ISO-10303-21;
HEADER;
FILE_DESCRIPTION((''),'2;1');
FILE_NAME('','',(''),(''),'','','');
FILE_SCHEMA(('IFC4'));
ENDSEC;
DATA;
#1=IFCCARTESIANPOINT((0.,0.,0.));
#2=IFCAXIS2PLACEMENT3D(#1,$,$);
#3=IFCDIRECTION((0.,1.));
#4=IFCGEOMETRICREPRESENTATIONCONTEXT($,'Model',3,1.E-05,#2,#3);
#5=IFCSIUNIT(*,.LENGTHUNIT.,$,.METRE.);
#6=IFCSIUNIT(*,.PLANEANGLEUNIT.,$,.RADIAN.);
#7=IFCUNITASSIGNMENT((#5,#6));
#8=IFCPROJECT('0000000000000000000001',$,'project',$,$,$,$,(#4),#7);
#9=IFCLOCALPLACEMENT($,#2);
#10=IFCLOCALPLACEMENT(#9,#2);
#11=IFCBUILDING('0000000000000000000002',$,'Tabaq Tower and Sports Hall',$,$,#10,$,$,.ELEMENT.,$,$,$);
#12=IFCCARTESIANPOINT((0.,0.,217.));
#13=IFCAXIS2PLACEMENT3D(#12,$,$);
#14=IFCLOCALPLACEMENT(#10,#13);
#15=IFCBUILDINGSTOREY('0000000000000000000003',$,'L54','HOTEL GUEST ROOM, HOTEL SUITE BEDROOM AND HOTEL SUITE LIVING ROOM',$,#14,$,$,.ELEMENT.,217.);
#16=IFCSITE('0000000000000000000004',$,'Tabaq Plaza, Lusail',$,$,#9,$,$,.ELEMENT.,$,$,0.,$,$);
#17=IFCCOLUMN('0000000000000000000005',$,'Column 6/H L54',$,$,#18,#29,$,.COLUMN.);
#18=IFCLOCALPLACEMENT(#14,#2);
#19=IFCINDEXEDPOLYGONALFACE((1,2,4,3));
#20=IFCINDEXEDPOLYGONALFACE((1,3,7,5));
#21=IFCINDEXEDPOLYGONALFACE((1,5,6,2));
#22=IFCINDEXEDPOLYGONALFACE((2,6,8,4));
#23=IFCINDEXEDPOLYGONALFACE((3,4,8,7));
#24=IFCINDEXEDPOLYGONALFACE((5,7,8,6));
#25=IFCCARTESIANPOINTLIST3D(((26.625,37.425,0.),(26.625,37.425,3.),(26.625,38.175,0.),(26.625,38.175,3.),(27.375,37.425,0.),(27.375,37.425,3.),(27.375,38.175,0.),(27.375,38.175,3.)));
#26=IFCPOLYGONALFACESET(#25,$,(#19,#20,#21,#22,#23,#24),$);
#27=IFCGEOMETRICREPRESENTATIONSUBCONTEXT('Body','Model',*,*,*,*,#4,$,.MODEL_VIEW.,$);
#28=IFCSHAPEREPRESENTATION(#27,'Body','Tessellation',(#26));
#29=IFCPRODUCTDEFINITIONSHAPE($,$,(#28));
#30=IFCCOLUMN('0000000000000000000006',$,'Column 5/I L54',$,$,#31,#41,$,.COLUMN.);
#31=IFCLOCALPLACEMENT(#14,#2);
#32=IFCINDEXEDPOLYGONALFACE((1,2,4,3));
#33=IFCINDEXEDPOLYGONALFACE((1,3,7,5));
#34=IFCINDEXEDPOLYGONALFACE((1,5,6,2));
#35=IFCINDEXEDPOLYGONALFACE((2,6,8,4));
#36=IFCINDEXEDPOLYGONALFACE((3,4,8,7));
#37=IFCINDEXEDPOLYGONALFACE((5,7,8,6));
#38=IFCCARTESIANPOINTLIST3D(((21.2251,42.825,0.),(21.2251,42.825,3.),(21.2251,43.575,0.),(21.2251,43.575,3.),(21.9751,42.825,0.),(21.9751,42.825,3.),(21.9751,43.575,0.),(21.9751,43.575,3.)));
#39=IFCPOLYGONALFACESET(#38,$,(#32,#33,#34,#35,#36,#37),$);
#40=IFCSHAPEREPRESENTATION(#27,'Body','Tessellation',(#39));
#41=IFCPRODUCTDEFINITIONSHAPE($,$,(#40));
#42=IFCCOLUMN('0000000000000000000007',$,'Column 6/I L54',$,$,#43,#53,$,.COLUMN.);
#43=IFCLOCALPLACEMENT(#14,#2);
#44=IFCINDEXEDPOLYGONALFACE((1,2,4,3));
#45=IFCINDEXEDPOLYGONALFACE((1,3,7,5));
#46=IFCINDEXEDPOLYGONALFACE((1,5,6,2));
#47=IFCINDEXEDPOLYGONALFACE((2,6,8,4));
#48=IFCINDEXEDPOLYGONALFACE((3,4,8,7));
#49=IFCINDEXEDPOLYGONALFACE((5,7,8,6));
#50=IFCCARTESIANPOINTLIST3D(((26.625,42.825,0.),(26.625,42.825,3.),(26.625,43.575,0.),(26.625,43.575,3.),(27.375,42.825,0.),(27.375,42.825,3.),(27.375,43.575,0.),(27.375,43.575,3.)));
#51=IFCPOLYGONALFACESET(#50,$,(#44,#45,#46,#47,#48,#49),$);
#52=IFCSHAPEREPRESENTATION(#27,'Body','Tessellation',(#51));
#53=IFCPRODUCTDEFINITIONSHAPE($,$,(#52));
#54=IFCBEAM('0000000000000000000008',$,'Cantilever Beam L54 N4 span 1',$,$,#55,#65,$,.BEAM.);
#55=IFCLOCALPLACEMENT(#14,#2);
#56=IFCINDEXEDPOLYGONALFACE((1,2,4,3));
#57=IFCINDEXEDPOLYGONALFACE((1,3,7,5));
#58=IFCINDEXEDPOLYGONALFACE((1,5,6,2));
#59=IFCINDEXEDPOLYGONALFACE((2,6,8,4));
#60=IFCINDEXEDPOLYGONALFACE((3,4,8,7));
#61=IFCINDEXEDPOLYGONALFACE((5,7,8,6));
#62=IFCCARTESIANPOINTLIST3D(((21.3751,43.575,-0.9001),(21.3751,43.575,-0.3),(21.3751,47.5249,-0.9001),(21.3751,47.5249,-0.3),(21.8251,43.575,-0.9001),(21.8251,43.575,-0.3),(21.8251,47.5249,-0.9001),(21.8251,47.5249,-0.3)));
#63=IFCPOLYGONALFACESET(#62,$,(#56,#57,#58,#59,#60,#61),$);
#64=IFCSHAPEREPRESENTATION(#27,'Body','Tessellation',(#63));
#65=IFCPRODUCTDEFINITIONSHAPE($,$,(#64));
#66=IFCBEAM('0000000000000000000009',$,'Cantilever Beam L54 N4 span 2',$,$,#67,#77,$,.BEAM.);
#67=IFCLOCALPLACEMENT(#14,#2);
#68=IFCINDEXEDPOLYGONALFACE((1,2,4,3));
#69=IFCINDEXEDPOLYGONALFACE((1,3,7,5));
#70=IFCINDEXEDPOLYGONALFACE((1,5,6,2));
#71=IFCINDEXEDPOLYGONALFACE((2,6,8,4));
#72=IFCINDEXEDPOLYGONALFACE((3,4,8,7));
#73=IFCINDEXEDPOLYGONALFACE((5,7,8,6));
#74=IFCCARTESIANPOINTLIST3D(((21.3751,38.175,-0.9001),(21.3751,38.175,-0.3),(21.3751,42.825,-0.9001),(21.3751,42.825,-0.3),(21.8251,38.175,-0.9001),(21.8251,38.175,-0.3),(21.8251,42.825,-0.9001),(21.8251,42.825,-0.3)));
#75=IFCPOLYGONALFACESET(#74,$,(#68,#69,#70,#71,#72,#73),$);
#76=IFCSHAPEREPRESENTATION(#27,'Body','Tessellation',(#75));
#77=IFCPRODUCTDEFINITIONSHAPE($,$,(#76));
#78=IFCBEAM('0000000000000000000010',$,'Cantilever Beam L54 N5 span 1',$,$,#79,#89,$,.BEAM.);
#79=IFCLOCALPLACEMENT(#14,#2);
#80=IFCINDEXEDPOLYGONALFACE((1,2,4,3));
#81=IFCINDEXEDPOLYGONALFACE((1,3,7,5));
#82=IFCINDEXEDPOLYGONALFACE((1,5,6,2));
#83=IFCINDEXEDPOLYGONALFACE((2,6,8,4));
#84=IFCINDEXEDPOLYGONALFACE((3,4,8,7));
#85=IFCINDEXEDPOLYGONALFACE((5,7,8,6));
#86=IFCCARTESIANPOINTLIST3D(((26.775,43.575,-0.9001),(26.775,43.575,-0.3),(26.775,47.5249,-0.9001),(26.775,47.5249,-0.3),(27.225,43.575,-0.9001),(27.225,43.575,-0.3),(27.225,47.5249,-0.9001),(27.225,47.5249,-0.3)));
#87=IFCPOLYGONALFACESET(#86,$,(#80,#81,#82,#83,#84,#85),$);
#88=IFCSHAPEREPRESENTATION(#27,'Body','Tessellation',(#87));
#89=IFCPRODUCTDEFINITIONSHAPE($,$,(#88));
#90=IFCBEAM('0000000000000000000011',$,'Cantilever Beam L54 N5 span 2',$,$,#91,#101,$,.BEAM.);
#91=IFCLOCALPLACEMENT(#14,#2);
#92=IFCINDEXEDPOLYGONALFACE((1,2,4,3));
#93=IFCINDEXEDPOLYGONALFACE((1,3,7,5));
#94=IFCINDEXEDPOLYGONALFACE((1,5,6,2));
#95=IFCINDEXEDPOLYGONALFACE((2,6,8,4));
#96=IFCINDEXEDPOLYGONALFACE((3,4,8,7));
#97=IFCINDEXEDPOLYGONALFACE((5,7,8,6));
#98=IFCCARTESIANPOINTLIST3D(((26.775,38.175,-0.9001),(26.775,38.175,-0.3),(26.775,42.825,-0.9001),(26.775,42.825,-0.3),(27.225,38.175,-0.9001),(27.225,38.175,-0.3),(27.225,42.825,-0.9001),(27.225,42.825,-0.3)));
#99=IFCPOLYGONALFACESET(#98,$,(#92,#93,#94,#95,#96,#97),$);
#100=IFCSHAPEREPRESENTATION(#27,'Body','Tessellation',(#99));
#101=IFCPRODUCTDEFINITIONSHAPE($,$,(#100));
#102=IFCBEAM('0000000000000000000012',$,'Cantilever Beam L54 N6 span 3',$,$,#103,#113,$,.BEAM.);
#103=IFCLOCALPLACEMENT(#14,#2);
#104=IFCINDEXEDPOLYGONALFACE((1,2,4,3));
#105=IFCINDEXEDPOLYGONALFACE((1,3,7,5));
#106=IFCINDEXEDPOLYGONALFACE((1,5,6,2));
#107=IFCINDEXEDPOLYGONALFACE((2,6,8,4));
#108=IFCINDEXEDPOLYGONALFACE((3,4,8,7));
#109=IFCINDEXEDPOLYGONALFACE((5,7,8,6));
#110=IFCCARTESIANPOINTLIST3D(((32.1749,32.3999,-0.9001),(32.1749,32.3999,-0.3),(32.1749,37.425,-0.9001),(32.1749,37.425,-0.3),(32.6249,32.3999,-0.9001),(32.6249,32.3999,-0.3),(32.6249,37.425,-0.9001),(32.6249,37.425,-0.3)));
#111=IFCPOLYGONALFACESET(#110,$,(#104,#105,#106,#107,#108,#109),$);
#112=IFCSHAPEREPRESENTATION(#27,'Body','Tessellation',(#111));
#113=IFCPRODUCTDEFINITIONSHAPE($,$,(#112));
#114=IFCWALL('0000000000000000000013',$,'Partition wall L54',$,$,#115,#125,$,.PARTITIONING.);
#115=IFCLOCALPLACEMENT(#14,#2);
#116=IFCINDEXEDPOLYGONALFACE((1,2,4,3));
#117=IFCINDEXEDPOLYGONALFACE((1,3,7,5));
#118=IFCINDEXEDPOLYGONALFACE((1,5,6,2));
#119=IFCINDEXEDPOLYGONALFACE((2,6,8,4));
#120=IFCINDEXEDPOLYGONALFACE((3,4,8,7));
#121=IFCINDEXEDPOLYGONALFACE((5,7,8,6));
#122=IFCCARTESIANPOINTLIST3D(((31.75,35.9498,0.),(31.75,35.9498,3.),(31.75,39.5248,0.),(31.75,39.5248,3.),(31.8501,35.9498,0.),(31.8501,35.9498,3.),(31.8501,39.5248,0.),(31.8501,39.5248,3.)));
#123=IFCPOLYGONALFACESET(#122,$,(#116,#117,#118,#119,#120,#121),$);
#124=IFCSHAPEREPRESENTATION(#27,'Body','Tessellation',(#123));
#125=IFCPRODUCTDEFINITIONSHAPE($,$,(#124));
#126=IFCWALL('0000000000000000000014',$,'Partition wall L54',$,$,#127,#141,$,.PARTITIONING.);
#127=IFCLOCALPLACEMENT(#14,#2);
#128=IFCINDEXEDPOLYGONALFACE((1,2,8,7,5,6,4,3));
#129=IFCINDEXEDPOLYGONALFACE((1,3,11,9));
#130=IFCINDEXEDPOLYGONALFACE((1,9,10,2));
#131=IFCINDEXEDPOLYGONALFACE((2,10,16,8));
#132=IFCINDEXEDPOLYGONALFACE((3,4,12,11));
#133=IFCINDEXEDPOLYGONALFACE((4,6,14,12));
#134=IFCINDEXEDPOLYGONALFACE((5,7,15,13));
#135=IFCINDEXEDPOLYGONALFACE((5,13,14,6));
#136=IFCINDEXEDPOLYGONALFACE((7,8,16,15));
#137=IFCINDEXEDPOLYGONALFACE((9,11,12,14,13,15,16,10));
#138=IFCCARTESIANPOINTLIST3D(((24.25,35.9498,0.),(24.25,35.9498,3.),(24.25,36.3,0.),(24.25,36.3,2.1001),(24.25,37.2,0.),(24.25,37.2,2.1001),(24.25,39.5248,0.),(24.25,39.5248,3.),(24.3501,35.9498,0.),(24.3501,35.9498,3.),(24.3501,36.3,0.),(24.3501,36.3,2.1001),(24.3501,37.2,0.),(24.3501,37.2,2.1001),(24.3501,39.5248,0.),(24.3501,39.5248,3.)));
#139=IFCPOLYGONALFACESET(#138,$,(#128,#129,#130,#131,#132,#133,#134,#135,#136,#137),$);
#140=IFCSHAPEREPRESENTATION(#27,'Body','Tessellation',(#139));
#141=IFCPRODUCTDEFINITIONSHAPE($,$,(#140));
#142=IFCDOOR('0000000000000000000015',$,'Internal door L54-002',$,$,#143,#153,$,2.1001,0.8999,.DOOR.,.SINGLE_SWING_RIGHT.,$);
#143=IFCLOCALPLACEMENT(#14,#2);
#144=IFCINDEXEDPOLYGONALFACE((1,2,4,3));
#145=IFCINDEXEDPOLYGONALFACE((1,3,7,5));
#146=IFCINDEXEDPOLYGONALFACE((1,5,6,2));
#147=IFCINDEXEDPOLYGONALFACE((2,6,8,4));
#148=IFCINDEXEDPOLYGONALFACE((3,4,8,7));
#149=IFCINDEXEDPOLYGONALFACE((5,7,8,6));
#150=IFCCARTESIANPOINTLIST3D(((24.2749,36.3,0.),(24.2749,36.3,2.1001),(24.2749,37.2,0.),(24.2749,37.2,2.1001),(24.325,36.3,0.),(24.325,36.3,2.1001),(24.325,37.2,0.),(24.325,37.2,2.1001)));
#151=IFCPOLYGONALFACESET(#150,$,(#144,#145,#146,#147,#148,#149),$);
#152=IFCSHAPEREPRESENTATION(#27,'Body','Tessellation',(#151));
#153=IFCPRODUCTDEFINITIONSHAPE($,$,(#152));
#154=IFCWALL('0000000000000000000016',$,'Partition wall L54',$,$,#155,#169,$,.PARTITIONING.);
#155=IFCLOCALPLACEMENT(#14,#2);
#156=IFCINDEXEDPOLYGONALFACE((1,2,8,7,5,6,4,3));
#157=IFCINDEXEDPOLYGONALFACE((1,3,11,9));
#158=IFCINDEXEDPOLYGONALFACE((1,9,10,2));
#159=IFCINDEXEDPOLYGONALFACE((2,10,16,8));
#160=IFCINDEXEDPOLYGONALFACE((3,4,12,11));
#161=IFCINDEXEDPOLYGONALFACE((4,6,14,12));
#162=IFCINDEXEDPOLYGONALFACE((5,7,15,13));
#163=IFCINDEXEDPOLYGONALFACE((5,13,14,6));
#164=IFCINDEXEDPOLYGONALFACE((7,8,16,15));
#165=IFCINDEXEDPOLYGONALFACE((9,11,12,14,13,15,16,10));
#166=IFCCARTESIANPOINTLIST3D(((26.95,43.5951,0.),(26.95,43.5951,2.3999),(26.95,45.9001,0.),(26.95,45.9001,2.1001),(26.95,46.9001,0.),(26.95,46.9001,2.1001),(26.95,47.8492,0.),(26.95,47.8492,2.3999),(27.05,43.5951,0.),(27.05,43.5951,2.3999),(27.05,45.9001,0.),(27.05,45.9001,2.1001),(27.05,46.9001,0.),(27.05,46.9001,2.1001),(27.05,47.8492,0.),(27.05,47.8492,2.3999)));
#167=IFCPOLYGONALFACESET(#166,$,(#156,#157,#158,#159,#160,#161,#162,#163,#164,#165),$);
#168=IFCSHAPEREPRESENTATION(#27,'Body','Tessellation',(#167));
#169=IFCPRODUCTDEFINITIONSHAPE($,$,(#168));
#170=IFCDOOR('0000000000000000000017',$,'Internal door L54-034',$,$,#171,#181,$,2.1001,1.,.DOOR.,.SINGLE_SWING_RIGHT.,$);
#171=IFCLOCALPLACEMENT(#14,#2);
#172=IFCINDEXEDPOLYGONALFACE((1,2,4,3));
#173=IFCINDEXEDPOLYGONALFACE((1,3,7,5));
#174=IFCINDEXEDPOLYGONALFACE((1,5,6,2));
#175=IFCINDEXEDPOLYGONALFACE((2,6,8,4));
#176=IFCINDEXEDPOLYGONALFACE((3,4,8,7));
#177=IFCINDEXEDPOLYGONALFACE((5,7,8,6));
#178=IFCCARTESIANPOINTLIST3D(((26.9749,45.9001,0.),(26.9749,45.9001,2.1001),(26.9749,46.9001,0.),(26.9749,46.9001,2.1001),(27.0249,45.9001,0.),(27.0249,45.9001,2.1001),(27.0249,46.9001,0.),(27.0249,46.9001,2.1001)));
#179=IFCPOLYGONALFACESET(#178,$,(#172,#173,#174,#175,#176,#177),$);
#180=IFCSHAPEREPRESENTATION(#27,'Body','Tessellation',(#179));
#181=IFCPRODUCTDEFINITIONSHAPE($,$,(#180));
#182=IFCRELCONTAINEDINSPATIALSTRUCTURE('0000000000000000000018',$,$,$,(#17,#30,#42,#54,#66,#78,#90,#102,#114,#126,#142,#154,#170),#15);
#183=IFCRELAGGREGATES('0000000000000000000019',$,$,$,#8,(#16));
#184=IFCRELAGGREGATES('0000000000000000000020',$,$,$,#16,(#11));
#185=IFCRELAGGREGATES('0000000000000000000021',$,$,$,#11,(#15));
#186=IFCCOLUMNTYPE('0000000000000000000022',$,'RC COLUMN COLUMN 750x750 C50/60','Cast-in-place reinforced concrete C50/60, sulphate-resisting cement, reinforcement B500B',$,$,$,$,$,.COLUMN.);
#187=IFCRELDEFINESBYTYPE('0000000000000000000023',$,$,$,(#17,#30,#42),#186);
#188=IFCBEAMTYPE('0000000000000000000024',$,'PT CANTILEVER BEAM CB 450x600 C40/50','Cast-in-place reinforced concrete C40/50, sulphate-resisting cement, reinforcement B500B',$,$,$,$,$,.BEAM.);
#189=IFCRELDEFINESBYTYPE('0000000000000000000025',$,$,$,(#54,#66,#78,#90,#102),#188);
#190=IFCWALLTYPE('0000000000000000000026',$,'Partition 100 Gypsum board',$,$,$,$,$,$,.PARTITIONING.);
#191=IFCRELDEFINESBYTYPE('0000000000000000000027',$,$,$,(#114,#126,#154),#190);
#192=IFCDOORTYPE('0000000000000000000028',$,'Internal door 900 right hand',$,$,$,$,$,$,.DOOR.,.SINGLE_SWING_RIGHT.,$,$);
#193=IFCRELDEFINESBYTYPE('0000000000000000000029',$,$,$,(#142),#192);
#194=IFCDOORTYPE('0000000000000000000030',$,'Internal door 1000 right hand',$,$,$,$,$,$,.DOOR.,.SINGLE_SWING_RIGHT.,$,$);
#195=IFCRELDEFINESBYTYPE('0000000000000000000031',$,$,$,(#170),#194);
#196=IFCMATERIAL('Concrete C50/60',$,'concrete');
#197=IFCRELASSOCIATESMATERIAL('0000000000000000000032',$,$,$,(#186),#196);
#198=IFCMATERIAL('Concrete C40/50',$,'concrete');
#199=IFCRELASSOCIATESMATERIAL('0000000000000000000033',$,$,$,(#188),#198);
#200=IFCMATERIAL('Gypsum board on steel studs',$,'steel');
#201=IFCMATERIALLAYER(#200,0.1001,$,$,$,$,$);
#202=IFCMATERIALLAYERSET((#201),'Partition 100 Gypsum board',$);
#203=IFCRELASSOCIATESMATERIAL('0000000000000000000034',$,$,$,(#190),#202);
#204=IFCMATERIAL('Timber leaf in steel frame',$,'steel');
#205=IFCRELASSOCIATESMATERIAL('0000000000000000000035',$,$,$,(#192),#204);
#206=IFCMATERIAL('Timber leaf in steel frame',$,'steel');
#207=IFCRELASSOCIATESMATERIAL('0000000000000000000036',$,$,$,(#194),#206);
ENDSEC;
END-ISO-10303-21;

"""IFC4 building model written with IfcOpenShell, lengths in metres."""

from ifc_helpers import new_model, si_unit, direction, frame, frame_2d, origin, origin_2d, place, context, subcontext, project, spatial, rectangle, extrude, material, layer, layer_set, material_profile, profile_set, type_object, element, fill, save


model = new_model("IFC4")

# Units and contexts
model_context = context("Model", 3, precision=1e-05, world=origin(), true_north=direction((0.0, 1.0)))
body_context = subcontext(model_context, "Body", "Model", "MODEL_VIEW")
ifc_project = project(units=[si_unit("LENGTHUNIT", "METRE"), si_unit("PLANEANGLEUNIT", "RADIAN")], contexts=[model_context])

# Site, building, storey
site_placement = place(None, origin())
site = spatial("IfcSite", under=ifc_project, at=site_placement, Name="Tabaq Plaza, Lusail", CompositionType="ELEMENT", RefElevation=0.0)
building_placement = place(site_placement, origin())
building = spatial("IfcBuilding", under=site, at=building_placement, Name="Tabaq Tower and Sports Hall", CompositionType="ELEMENT")
storey_placement = place(building_placement, frame((0.0, 0.0, 217.0)))
storey = spatial("IfcBuildingStorey", under=building, at=storey_placement, Name="L54", Description="HOTEL GUEST ROOM, HOTEL SUITE BEDROOM AND HOTEL SUITE LIVING ROOM", CompositionType="ELEMENT", Elevation=217.0)

# Columns
ifc_material_1 = material(Name="Concrete C50/60", Category="concrete")
ifc_material_profile_1 = material_profile(ifc_material_1, rectangle(XDim=0.75, YDim=0.75, at=origin_2d()), Name="COLUMN 750x750")
ifc_profile_set_1 = profile_set([ifc_material_profile_1], Name="Concrete C50/60")
column_type = type_object("IfcColumnType", Name="RC COLUMN COLUMN 750x750 C50/60", Description="Cast-in-place reinforced concrete C50/60, sulphate-resisting cement, reinforcement B500B", PredefinedType="COLUMN", material=ifc_profile_set_1)
for number, where, z_axis, x_axis, name in (
    (1, (27.0, 37.8, 0.0), (0.0, 0.0, 1.0), (1.0, 0.0, 0.0), "Column 6/H L54"),
    (2, (21.6001, 43.2, 0.0), (0.0, 0.0, 1.0), (1.0, 0.0, 0.0), "Column 5/I L54"),
    (3, (27.0, 43.2, 0.0), (0.0, 0.0, 1.0), (1.0, 0.0, 0.0), "Column 6/I L54"),
):
    element("IfcColumn", number, at=place(storey_placement, frame(where, z_axis=z_axis, x_axis=x_axis)), inside=storey, type_object=column_type, Name=name, PredefinedType="COLUMN", context=body_context, shape_type="SweptSolid", body=[
        extrude(rectangle(XDim=0.75, YDim=0.75, at=origin_2d()), origin(), (0.0, 0.0, 1.0), 3.0),
    ])

# Beams
ifc_material_2 = material(Name="Concrete C40/50", Category="concrete")
ifc_material_profile_2 = material_profile(ifc_material_2, rectangle(XDim=0.45, YDim=0.6001, at=origin_2d()), Name="CB 450x600")
ifc_profile_set_2 = profile_set([ifc_material_profile_2], Name="Concrete C40/50")
beam_type = type_object("IfcBeamType", Name="PT CANTILEVER BEAM CB 450x600 C40/50", Description="Cast-in-place reinforced concrete C40/50, sulphate-resisting cement, reinforcement B500B", PredefinedType="BEAM", material=ifc_profile_set_2)
beam_1_placement = place(storey_placement, frame((21.6001, 47.5249, -0.6001), z_axis=(0.0, -1.0, 0.0), x_axis=(1.0, 0.0, 0.0)))
element("IfcBeam", 4, at=beam_1_placement, inside=storey, type_object=beam_type, Name="Cantilever Beam L54 N4 span 1", PredefinedType="BEAM", context=body_context, shape_type="SweptSolid", body=[
    extrude(rectangle(XDim=0.45, YDim=0.6001, at=origin_2d()), origin(), (0.0, 0.0, 1.0), 3.95),
])
beam_2_placement = place(storey_placement, frame((21.6001, 42.825, -0.6001), z_axis=(0.0, -1.0, 0.0), x_axis=(1.0, 0.0, 0.0)))
element("IfcBeam", 5, at=beam_2_placement, inside=storey, type_object=beam_type, Name="Cantilever Beam L54 N4 span 2", PredefinedType="BEAM", context=body_context, shape_type="SweptSolid", body=[
    extrude(rectangle(XDim=0.45, YDim=0.6001, at=origin_2d()), origin(), (0.0, 0.0, 1.0), 4.6499),
])
beam_3_placement = place(storey_placement, frame((27.0, 47.5249, -0.6001), z_axis=(0.0, -1.0, 0.0), x_axis=(1.0, 0.0, 0.0)))
element("IfcBeam", 6, at=beam_3_placement, inside=storey, type_object=beam_type, Name="Cantilever Beam L54 N5 span 1", PredefinedType="BEAM", context=body_context, shape_type="SweptSolid", body=[
    extrude(rectangle(XDim=0.45, YDim=0.6001, at=origin_2d()), origin(), (0.0, 0.0, 1.0), 3.95),
])
beam_4_placement = place(storey_placement, frame((27.0, 42.825, -0.6001), z_axis=(0.0, -1.0, 0.0), x_axis=(1.0, 0.0, 0.0)))
element("IfcBeam", 7, at=beam_4_placement, inside=storey, type_object=beam_type, Name="Cantilever Beam L54 N5 span 2", PredefinedType="BEAM", context=body_context, shape_type="SweptSolid", body=[
    extrude(rectangle(XDim=0.45, YDim=0.6001, at=origin_2d()), origin(), (0.0, 0.0, 1.0), 4.6499),
])
beam_5_placement = place(storey_placement, frame((32.3999, 37.425, -0.6001), z_axis=(0.0, -1.0, 0.0), x_axis=(1.0, 0.0, 0.0)))
element("IfcBeam", 8, at=beam_5_placement, inside=storey, type_object=beam_type, Name="Cantilever Beam L54 N6 span 3", PredefinedType="BEAM", context=body_context, shape_type="SweptSolid", body=[
    extrude(rectangle(XDim=0.45, YDim=0.6001, at=origin_2d()), origin(), (0.0, 0.0, 1.0), 5.0251),
])

# Wall
ifc_material_3 = material(Name="Gypsum board on steel studs", Category="steel")
ifc_layer_1 = layer(ifc_material_3, 0.1001)
ifc_layer_set_1 = layer_set([ifc_layer_1], Name="Partition 100 Gypsum board")
wall_type_1 = type_object("IfcWallType", Name="Partition 100 Gypsum board", PredefinedType="PARTITIONING", material=ifc_layer_set_1)
wall_1_placement = place(storey_placement, frame((31.8, 39.5249, 0.0), z_axis=(0.0, 0.0, 1.0), x_axis=(0.0, -1.0, 0.0)))
element("IfcWall", 9, at=wall_1_placement, inside=storey, type_object=wall_type_1, Name="Partition wall L54", PredefinedType="PARTITIONING", context=body_context, shape_type="SweptSolid", body=[
    extrude(rectangle(XDim=3.575, YDim=0.1001, at=frame_2d((1.7876, 0.0))), origin(), (0.0, 0.0, 1.0), 3.0),
])

# Walls, openings, doors
wall_2_placement = place(storey_placement, frame((24.3, 39.5249, 0.0), z_axis=(0.0, 0.0, 1.0), x_axis=(0.0, -1.0, 0.0)))
wall_2 = element("IfcWall", 10, at=wall_2_placement, inside=storey, type_object=wall_type_1, Name="Partition wall L54", PredefinedType="PARTITIONING", context=body_context, shape_type="SweptSolid", body=[
    extrude(rectangle(XDim=3.575, YDim=0.1001, at=frame_2d((1.7876, 0.0))), origin(), (0.0, 0.0, 1.0), 3.0),
])
opening_1_placement = place(wall_2_placement, frame((2.325, 0.0, 0.0)))
opening_1 = element("IfcOpeningElement", 11, at=opening_1_placement, cuts=wall_2, PredefinedType="OPENING", context=body_context, shape_type="SweptSolid", body=[
    extrude(rectangle(XDim=0.8999, YDim=2.1001, at=frame_2d((0.45, 1.05))), frame((0.0, 0.05, 0.0), z_axis=(0.0, -1.0, 0.0), x_axis=(1.0, 0.0, 0.0)), (0.0, 0.0, 1.0), 0.1001),
])
ifc_material_4 = material(Name="Timber leaf in steel frame", Category="steel")
door_type_1 = type_object("IfcDoorType", Name="Internal door 900 right hand", OperationType="SINGLE_SWING_RIGHT", PredefinedType="DOOR", material=ifc_material_4)
door_1_placement = place(opening_1_placement, origin())
door_1 = element("IfcDoor", 12, at=door_1_placement, inside=storey, type_object=door_type_1, Name="Internal door L54-002", OperationType="SINGLE_SWING_RIGHT", OverallHeight=2.1001, OverallWidth=0.8999, PredefinedType="DOOR", context=body_context, shape_type="SweptSolid", body=[
    extrude(rectangle(XDim=0.8999, YDim=2.1001, at=frame_2d((0.45, 1.05))), frame((0.0, 0.0249, 0.0), z_axis=(0.0, -1.0, 0.0), x_axis=(1.0, 0.0, 0.0)), (0.0, 0.0, 1.0), 0.05),
])
fill(opening_1, door_1)
wall_3_placement = place(storey_placement, frame((27.0, 47.8491, 0.0), z_axis=(0.0, 0.0, 1.0), x_axis=(0.0, -1.0, 0.0)))
wall_3 = element("IfcWall", 13, at=wall_3_placement, inside=storey, type_object=wall_type_1, Name="Partition wall L54", PredefinedType="PARTITIONING", context=body_context, shape_type="SweptSolid", body=[
    extrude(rectangle(XDim=4.2542, YDim=0.1001, at=frame_2d((2.127, 0.0))), origin(), (0.0, 0.0, 1.0), 2.3999),
])
opening_2_placement = place(wall_3_placement, frame((0.949, 0.0, 0.0)))
opening_2 = element("IfcOpeningElement", 14, at=opening_2_placement, cuts=wall_3, PredefinedType="OPENING", context=body_context, shape_type="SweptSolid", body=[
    extrude(rectangle(XDim=1.0, YDim=2.1001, at=frame_2d((0.5, 1.05))), frame((0.0, 0.05, 0.0), z_axis=(0.0, -1.0, 0.0), x_axis=(1.0, 0.0, 0.0)), (0.0, 0.0, 1.0), 0.1001),
])
ifc_material_5 = material(Name="Timber leaf in steel frame", Category="steel")
door_type_2 = type_object("IfcDoorType", Name="Internal door 1000 right hand", OperationType="SINGLE_SWING_RIGHT", PredefinedType="DOOR", material=ifc_material_5)
door_2_placement = place(opening_2_placement, origin())
door_2 = element("IfcDoor", 15, at=door_2_placement, inside=storey, type_object=door_type_2, Name="Internal door L54-034", OperationType="SINGLE_SWING_RIGHT", OverallHeight=2.1001, OverallWidth=1.0, PredefinedType="DOOR", context=body_context, shape_type="SweptSolid", body=[
    extrude(rectangle(XDim=1.0, YDim=2.1001, at=frame_2d((0.5, 1.05))), frame((0.0, 0.0249, 0.0), z_axis=(0.0, -1.0, 0.0), x_axis=(1.0, 0.0, 0.0)), (0.0, 0.0, 1.0), 0.05),
])
fill(opening_2, door_2)

save(model, "model.ifc")
